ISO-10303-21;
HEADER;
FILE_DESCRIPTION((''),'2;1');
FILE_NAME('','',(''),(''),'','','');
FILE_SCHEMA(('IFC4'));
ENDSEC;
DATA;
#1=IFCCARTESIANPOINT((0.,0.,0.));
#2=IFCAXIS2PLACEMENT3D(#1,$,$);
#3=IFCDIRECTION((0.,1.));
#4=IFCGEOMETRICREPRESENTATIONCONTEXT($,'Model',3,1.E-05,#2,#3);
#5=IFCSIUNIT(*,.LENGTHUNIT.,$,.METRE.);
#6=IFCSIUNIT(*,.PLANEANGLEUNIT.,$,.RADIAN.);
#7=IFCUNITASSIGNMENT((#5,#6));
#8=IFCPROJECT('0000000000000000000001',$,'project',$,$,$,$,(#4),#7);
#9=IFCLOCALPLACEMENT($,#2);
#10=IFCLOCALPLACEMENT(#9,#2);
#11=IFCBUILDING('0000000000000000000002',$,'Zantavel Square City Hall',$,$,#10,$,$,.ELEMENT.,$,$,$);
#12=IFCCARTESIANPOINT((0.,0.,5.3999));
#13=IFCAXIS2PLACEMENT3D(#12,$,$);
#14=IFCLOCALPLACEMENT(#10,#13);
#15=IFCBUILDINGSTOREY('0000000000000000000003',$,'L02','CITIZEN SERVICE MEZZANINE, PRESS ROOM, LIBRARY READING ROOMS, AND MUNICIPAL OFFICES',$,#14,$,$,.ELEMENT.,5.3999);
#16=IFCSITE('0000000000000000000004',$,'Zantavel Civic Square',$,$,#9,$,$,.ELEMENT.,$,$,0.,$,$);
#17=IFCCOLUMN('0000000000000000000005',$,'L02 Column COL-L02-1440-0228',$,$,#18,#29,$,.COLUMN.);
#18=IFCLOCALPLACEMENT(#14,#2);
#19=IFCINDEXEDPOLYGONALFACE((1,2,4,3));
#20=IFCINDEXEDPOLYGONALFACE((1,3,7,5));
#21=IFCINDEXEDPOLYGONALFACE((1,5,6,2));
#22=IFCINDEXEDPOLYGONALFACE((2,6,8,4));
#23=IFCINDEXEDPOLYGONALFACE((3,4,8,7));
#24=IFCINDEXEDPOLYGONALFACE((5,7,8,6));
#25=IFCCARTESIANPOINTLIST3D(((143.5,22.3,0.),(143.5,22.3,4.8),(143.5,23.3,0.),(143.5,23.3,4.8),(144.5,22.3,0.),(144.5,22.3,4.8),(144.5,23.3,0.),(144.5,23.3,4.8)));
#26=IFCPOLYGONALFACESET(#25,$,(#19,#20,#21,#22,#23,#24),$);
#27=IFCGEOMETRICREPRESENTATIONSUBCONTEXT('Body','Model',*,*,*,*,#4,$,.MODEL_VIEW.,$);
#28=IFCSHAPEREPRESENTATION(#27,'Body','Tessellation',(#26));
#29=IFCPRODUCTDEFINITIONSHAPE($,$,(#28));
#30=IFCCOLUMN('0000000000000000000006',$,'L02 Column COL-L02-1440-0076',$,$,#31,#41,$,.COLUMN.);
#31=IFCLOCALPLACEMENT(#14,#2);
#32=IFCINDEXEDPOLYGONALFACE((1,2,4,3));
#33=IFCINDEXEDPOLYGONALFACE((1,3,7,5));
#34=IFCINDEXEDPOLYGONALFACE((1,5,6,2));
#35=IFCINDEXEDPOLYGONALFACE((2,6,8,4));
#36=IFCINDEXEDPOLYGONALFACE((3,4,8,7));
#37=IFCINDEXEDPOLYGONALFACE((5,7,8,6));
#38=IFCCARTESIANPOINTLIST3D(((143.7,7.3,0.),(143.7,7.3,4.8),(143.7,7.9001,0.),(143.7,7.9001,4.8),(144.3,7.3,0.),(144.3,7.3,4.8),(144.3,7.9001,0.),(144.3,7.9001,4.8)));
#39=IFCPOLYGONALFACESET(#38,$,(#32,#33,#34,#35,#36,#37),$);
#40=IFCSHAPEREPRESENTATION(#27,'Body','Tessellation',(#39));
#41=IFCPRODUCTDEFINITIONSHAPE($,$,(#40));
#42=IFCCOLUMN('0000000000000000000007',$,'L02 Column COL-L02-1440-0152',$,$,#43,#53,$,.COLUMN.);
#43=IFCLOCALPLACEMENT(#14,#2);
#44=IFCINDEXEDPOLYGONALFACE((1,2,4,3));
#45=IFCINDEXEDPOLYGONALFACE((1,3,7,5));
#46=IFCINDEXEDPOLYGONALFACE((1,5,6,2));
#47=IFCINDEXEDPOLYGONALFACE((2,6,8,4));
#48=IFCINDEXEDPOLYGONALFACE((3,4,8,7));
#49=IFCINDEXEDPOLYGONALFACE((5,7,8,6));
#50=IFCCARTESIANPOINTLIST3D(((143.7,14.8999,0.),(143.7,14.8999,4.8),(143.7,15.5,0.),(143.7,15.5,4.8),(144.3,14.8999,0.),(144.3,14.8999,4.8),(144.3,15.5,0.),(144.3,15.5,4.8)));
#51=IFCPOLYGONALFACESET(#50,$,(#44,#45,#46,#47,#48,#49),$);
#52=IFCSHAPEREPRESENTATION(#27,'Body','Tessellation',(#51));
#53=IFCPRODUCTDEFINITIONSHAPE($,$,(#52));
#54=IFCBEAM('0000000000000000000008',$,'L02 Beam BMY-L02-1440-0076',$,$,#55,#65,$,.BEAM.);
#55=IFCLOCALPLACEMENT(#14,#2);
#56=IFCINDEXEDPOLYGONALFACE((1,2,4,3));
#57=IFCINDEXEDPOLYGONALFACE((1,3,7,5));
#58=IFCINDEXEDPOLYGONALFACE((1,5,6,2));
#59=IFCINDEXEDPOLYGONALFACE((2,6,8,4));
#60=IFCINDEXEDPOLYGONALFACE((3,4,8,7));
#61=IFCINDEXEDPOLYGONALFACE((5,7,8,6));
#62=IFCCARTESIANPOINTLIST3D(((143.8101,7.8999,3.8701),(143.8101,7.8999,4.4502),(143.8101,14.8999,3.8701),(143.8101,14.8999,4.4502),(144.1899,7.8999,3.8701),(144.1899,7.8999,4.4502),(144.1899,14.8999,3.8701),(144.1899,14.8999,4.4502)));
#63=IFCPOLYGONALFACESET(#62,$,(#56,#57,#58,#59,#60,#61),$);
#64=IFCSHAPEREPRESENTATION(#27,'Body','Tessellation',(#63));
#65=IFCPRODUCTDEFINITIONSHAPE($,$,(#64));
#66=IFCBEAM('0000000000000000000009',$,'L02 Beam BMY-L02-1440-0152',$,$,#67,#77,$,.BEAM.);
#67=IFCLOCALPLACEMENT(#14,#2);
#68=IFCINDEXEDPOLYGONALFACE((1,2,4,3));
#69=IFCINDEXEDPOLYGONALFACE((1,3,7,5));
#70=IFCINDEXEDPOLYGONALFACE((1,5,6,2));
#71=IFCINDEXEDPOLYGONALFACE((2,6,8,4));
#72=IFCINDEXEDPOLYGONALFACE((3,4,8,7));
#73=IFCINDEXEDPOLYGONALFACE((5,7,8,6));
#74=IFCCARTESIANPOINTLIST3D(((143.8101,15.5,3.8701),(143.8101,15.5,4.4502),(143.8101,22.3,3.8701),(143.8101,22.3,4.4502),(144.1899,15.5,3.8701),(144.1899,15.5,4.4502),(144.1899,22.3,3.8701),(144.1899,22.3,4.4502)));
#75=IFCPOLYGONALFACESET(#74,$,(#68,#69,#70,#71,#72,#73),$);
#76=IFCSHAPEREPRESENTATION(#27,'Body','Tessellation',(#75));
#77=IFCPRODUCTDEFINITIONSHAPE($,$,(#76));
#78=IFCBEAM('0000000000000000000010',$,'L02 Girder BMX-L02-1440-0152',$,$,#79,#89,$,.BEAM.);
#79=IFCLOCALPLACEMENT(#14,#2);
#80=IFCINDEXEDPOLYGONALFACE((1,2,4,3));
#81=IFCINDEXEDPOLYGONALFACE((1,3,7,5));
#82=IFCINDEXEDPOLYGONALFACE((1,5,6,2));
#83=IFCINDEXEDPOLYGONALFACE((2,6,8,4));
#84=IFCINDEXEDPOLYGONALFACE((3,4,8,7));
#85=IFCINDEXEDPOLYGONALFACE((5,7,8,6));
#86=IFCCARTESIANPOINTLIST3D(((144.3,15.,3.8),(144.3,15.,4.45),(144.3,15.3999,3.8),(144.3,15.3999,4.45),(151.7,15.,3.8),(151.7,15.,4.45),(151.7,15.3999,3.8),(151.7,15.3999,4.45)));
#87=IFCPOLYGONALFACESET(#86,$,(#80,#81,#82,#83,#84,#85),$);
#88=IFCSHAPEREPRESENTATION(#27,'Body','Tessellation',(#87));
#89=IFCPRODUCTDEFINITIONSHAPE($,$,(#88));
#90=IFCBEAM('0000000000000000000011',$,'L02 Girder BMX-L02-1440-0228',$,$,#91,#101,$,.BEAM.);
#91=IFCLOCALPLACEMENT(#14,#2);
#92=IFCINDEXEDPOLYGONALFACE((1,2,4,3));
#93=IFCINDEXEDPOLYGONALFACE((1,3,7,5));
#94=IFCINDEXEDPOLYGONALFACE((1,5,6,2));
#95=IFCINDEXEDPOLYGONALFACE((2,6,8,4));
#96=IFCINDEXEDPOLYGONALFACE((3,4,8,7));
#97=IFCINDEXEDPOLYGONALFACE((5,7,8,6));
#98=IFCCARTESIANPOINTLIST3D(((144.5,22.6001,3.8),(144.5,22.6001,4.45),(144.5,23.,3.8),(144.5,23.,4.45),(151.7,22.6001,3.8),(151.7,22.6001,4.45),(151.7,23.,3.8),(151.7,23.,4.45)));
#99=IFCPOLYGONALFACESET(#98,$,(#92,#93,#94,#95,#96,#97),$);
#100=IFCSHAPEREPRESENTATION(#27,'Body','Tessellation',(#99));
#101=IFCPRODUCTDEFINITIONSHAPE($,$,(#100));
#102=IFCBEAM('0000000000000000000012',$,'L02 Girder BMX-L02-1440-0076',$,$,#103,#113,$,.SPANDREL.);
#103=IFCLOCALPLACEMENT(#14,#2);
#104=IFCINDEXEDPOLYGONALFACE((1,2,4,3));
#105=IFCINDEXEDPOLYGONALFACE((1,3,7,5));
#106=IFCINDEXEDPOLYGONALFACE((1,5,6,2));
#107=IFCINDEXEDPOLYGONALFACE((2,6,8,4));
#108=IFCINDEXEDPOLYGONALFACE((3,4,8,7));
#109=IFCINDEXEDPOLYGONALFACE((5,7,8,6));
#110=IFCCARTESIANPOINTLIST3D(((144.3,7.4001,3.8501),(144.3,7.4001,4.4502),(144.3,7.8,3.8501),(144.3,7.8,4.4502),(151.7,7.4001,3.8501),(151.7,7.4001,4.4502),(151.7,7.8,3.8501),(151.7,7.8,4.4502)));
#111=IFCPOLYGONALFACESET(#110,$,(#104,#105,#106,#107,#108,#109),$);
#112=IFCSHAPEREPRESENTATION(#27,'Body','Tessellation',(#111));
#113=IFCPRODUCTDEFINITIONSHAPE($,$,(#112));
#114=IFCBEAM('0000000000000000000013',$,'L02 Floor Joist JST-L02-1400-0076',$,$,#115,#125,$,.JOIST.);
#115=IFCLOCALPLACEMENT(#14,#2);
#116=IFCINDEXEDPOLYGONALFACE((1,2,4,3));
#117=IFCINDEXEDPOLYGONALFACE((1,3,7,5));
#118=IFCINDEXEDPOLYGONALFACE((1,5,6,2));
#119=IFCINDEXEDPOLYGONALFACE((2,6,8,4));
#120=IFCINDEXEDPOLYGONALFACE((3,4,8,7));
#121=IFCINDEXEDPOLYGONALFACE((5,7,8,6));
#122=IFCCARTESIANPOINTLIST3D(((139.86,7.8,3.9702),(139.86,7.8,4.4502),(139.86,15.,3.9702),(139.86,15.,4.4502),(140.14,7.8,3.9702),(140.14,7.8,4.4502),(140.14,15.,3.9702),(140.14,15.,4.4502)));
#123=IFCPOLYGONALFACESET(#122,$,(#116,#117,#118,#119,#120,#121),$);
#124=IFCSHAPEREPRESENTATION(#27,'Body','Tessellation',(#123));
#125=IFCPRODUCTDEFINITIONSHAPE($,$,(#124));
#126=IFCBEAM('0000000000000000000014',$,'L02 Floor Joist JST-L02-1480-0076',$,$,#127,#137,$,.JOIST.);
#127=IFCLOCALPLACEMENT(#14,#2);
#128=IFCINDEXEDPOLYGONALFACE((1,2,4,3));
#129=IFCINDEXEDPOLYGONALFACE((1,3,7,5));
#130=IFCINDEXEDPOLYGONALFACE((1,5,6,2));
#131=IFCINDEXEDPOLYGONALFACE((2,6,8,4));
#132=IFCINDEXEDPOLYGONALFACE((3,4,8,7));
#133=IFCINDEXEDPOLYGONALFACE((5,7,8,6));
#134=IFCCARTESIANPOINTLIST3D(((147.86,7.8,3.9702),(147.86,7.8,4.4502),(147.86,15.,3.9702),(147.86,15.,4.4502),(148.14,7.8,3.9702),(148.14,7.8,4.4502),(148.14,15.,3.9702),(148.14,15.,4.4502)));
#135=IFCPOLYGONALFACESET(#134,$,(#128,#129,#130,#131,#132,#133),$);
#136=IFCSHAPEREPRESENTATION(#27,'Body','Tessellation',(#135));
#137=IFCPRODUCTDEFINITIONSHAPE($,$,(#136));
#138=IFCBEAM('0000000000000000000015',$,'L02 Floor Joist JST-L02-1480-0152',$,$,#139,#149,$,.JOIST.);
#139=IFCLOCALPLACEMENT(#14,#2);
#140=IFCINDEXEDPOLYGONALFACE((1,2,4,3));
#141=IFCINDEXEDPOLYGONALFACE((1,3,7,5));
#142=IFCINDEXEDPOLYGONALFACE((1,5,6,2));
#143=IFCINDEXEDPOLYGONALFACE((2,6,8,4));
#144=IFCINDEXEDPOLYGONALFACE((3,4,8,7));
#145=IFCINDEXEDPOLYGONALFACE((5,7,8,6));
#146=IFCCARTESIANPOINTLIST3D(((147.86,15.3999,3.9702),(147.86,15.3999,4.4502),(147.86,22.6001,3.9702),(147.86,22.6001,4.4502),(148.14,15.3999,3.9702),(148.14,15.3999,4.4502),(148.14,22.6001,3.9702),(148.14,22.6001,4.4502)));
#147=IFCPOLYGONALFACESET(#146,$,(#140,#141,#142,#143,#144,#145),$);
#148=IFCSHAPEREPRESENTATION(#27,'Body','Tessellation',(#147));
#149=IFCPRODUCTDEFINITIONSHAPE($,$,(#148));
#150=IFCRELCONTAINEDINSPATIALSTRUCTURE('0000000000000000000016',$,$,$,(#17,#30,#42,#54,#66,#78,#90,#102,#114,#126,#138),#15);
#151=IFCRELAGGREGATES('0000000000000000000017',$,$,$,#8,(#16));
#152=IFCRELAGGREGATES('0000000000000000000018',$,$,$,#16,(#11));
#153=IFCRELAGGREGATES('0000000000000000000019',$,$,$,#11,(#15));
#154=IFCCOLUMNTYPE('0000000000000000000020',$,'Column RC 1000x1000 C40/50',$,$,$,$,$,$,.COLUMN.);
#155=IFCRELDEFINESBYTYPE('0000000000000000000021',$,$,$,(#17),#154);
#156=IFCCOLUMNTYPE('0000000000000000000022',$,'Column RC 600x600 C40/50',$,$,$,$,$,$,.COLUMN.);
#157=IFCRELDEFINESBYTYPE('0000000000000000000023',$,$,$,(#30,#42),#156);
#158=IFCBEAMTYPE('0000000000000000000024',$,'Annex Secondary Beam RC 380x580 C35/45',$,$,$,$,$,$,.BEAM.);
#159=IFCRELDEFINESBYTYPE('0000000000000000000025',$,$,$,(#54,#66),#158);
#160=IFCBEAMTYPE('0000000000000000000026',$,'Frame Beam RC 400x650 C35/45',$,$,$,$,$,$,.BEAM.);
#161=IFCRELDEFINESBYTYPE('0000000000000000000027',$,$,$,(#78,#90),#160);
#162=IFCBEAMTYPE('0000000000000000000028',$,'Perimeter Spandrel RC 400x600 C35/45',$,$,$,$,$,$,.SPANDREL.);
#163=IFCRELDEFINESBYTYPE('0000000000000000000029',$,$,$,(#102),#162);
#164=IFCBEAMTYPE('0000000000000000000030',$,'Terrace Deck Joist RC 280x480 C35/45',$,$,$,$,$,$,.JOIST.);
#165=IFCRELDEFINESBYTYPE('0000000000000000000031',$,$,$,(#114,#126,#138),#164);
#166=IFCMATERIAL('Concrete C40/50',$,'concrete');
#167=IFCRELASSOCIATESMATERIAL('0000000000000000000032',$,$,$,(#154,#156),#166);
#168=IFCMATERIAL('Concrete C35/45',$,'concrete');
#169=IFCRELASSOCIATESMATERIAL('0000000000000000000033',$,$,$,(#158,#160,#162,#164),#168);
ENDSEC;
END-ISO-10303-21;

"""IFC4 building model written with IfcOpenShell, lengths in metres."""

from ifc_helpers import new_model, si_unit, direction, frame, origin, origin_2d, place, context, subcontext, project, spatial, rectangle, extrude, material, material_profile, profile_set, type_object, element, save


model = new_model("IFC4")

# Units and contexts
model_context = context("Model", 3, precision=1e-05, world=origin(), true_north=direction((0.0, 1.0)))
body_context = subcontext(model_context, "Body", "Model", "MODEL_VIEW")
ifc_project = project(units=[si_unit("LENGTHUNIT", "METRE"), si_unit("PLANEANGLEUNIT", "RADIAN")], contexts=[model_context])

# Site, building, storey
site_placement = place(None, origin())
site = spatial("IfcSite", under=ifc_project, at=site_placement, Name="Zantavel Civic Square", CompositionType="ELEMENT", RefElevation=0.0)
building_placement = place(site_placement, origin())
building = spatial("IfcBuilding", under=site, at=building_placement, Name="Zantavel Square City Hall", CompositionType="ELEMENT")
storey_placement = place(building_placement, frame((0.0, 0.0, 5.3999)))
storey = spatial("IfcBuildingStorey", under=building, at=storey_placement, Name="L02", Description="CITIZEN SERVICE MEZZANINE, PRESS ROOM, LIBRARY READING ROOMS, AND MUNICIPAL OFFICES", CompositionType="ELEMENT", Elevation=5.3999)

# Columns
ifc_material_1 = material(Name="Concrete C40/50", Category="concrete")
ifc_material_profile_1 = material_profile(ifc_material_1, rectangle(XDim=1.0, YDim=1.0, at=origin_2d()), Name="RC 1000x1000")
ifc_profile_set_1 = profile_set([ifc_material_profile_1], Name="Concrete C40/50")
column_type_1 = type_object("IfcColumnType", Name="Column RC 1000x1000 C40/50", PredefinedType="COLUMN", material=ifc_profile_set_1)
column_placement = place(storey_placement, frame((144.0, 22.8, 0.0), z_axis=(0.0, 0.0, 1.0), x_axis=(1.0, 0.0, 0.0)))
element("IfcColumn", 1, at=column_placement, inside=storey, type_object=column_type_1, Name="L02 Column COL-L02-1440-0228", PredefinedType="COLUMN", context=body_context, shape_type="SweptSolid", body=[
    extrude(rectangle(XDim=1.0, YDim=1.0, at=origin_2d()), origin(), (0.0, 0.0, 1.0), 4.8),
])
ifc_material_profile_2 = material_profile(ifc_material_1, rectangle(XDim=0.6001, YDim=0.6001, at=origin_2d()), Name="RC 600x600")
ifc_profile_set_2 = profile_set([ifc_material_profile_2], Name="Concrete C40/50")
column_type_2 = type_object("IfcColumnType", Name="Column RC 600x600 C40/50", PredefinedType="COLUMN", material=ifc_profile_set_2)
for number, where, z_axis, x_axis, name in (
    (2, (144.0, 7.6001, 0.0), (0.0, 0.0, 1.0), (1.0, 0.0, 0.0), "L02 Column COL-L02-1440-0076"),
    (3, (144.0, 15.2, 0.0), (0.0, 0.0, 1.0), (1.0, 0.0, 0.0), "L02 Column COL-L02-1440-0152"),
):
    element("IfcColumn", number, at=place(storey_placement, frame(where, z_axis=z_axis, x_axis=x_axis)), inside=storey, type_object=column_type_2, Name=name, PredefinedType="COLUMN", context=body_context, shape_type="SweptSolid", body=[
        extrude(rectangle(XDim=0.6001, YDim=0.6001, at=origin_2d()), origin(), (0.0, 0.0, 1.0), 4.8),
    ])

# Beams
ifc_material_2 = material(Name="Concrete C35/45", Category="concrete")
ifc_material_profile_3 = material_profile(ifc_material_2, rectangle(XDim=0.3799, YDim=0.5801, at=origin_2d()), Name="RC 380x580")
ifc_profile_set_3 = profile_set([ifc_material_profile_3], Name="Concrete C35/45")
beam_type_1 = type_object("IfcBeamType", Name="Annex Secondary Beam RC 380x580 C35/45", PredefinedType="BEAM", material=ifc_profile_set_3)
beam_1_placement = place(storey_placement, frame((144.0, 7.8999, 4.1602), z_axis=(0.0, 1.0, 0.0), x_axis=(-1.0, 0.0, 0.0)))
element("IfcBeam", 4, at=beam_1_placement, inside=storey, type_object=beam_type_1, Name="L02 Beam BMY-L02-1440-0076", PredefinedType="BEAM", context=body_context, shape_type="SweptSolid", body=[
    extrude(rectangle(XDim=0.3799, YDim=0.5801, at=origin_2d()), origin(), (0.0, 0.0, 1.0), 7.0),
])
beam_2_placement = place(storey_placement, frame((144.0, 15.5, 4.1602), z_axis=(0.0, 1.0, 0.0), x_axis=(-1.0, 0.0, 0.0)))
element("IfcBeam", 5, at=beam_2_placement, inside=storey, type_object=beam_type_1, Name="L02 Beam BMY-L02-1440-0152", PredefinedType="BEAM", context=body_context, shape_type="SweptSolid", body=[
    extrude(rectangle(XDim=0.3799, YDim=0.5801, at=origin_2d()), origin(), (0.0, 0.0, 1.0), 6.8),
])
ifc_material_profile_4 = material_profile(ifc_material_2, rectangle(XDim=0.3999, YDim=0.6499, at=origin_2d()), Name="RC 400x650")
ifc_profile_set_4 = profile_set([ifc_material_profile_4], Name="Concrete C35/45")
beam_type_2 = type_object("IfcBeamType", Name="Frame Beam RC 400x650 C35/45", PredefinedType="BEAM", material=ifc_profile_set_4)
beam_3_placement = place(storey_placement, frame((144.3, 15.2, 4.125), z_axis=(1.0, 0.0, 0.0), x_axis=(0.0, 1.0, 0.0)))
element("IfcBeam", 6, at=beam_3_placement, inside=storey, type_object=beam_type_2, Name="L02 Girder BMX-L02-1440-0152", PredefinedType="BEAM", context=body_context, shape_type="SweptSolid", body=[
    extrude(rectangle(XDim=0.3999, YDim=0.6499, at=origin_2d()), origin(), (0.0, 0.0, 1.0), 7.3999),
])
beam_4_placement = place(storey_placement, frame((144.5, 22.8, 4.125), z_axis=(1.0, 0.0, 0.0), x_axis=(0.0, 1.0, 0.0)))
element("IfcBeam", 7, at=beam_4_placement, inside=storey, type_object=beam_type_2, Name="L02 Girder BMX-L02-1440-0228", PredefinedType="BEAM", context=body_context, shape_type="SweptSolid", body=[
    extrude(rectangle(XDim=0.3999, YDim=0.6499, at=origin_2d()), origin(), (0.0, 0.0, 1.0), 7.2),
])
ifc_material_profile_5 = material_profile(ifc_material_2, rectangle(XDim=0.3999, YDim=0.6001, at=origin_2d()), Name="RC 400x600")
ifc_profile_set_5 = profile_set([ifc_material_profile_5], Name="Concrete C35/45")
beam_type_3 = type_object("IfcBeamType", Name="Perimeter Spandrel RC 400x600 C35/45", PredefinedType="SPANDREL", material=ifc_profile_set_5)
beam_5_placement = place(storey_placement, frame((144.3, 7.6001, 4.1501), z_axis=(1.0, 0.0, 0.0), x_axis=(0.0, 1.0, 0.0)))
element("IfcBeam", 8, at=beam_5_placement, inside=storey, type_object=beam_type_3, Name="L02 Girder BMX-L02-1440-0076", PredefinedType="SPANDREL", context=body_context, shape_type="SweptSolid", body=[
    extrude(rectangle(XDim=0.3999, YDim=0.6001, at=origin_2d()), origin(), (0.0, 0.0, 1.0), 7.3999),
])
ifc_material_profile_6 = material_profile(ifc_material_2, rectangle(XDim=0.28, YDim=0.48, at=origin_2d()), Name="RC 280x480")
ifc_profile_set_6 = profile_set([ifc_material_profile_6], Name="Concrete C35/45")
beam_type_4 = type_object("IfcBeamType", Name="Terrace Deck Joist RC 280x480 C35/45", PredefinedType="JOIST", material=ifc_profile_set_6)
for number, where, z_axis, x_axis, name in (
    (9, (140.0, 7.8, 4.2102), (0.0, 1.0, 0.0), (-1.0, 0.0, 0.0), "L02 Floor Joist JST-L02-1400-0076"),
    (10, (148.0, 7.8, 4.2102), (0.0, 1.0, 0.0), (-1.0, 0.0, 0.0), "L02 Floor Joist JST-L02-1480-0076"),
):
    element("IfcBeam", number, at=place(storey_placement, frame(where, z_axis=z_axis, x_axis=x_axis)), inside=storey, type_object=beam_type_4, Name=name, PredefinedType="JOIST", context=body_context, shape_type="SweptSolid", body=[
        extrude(rectangle(XDim=0.28, YDim=0.48, at=origin_2d()), origin(), (0.0, 0.0, 1.0), 7.2),
    ])
beam_6_placement = place(storey_placement, frame((148.0, 15.3999, 4.2102), z_axis=(0.0, 1.0, 0.0), x_axis=(-1.0, 0.0, 0.0)))
element("IfcBeam", 11, at=beam_6_placement, inside=storey, type_object=beam_type_4, Name="L02 Floor Joist JST-L02-1480-0152", PredefinedType="JOIST", context=body_context, shape_type="SweptSolid", body=[
    extrude(rectangle(XDim=0.28, YDim=0.48, at=origin_2d()), origin(), (0.0, 0.0, 1.0), 7.2002),
])

save(model, "model.ifc")
